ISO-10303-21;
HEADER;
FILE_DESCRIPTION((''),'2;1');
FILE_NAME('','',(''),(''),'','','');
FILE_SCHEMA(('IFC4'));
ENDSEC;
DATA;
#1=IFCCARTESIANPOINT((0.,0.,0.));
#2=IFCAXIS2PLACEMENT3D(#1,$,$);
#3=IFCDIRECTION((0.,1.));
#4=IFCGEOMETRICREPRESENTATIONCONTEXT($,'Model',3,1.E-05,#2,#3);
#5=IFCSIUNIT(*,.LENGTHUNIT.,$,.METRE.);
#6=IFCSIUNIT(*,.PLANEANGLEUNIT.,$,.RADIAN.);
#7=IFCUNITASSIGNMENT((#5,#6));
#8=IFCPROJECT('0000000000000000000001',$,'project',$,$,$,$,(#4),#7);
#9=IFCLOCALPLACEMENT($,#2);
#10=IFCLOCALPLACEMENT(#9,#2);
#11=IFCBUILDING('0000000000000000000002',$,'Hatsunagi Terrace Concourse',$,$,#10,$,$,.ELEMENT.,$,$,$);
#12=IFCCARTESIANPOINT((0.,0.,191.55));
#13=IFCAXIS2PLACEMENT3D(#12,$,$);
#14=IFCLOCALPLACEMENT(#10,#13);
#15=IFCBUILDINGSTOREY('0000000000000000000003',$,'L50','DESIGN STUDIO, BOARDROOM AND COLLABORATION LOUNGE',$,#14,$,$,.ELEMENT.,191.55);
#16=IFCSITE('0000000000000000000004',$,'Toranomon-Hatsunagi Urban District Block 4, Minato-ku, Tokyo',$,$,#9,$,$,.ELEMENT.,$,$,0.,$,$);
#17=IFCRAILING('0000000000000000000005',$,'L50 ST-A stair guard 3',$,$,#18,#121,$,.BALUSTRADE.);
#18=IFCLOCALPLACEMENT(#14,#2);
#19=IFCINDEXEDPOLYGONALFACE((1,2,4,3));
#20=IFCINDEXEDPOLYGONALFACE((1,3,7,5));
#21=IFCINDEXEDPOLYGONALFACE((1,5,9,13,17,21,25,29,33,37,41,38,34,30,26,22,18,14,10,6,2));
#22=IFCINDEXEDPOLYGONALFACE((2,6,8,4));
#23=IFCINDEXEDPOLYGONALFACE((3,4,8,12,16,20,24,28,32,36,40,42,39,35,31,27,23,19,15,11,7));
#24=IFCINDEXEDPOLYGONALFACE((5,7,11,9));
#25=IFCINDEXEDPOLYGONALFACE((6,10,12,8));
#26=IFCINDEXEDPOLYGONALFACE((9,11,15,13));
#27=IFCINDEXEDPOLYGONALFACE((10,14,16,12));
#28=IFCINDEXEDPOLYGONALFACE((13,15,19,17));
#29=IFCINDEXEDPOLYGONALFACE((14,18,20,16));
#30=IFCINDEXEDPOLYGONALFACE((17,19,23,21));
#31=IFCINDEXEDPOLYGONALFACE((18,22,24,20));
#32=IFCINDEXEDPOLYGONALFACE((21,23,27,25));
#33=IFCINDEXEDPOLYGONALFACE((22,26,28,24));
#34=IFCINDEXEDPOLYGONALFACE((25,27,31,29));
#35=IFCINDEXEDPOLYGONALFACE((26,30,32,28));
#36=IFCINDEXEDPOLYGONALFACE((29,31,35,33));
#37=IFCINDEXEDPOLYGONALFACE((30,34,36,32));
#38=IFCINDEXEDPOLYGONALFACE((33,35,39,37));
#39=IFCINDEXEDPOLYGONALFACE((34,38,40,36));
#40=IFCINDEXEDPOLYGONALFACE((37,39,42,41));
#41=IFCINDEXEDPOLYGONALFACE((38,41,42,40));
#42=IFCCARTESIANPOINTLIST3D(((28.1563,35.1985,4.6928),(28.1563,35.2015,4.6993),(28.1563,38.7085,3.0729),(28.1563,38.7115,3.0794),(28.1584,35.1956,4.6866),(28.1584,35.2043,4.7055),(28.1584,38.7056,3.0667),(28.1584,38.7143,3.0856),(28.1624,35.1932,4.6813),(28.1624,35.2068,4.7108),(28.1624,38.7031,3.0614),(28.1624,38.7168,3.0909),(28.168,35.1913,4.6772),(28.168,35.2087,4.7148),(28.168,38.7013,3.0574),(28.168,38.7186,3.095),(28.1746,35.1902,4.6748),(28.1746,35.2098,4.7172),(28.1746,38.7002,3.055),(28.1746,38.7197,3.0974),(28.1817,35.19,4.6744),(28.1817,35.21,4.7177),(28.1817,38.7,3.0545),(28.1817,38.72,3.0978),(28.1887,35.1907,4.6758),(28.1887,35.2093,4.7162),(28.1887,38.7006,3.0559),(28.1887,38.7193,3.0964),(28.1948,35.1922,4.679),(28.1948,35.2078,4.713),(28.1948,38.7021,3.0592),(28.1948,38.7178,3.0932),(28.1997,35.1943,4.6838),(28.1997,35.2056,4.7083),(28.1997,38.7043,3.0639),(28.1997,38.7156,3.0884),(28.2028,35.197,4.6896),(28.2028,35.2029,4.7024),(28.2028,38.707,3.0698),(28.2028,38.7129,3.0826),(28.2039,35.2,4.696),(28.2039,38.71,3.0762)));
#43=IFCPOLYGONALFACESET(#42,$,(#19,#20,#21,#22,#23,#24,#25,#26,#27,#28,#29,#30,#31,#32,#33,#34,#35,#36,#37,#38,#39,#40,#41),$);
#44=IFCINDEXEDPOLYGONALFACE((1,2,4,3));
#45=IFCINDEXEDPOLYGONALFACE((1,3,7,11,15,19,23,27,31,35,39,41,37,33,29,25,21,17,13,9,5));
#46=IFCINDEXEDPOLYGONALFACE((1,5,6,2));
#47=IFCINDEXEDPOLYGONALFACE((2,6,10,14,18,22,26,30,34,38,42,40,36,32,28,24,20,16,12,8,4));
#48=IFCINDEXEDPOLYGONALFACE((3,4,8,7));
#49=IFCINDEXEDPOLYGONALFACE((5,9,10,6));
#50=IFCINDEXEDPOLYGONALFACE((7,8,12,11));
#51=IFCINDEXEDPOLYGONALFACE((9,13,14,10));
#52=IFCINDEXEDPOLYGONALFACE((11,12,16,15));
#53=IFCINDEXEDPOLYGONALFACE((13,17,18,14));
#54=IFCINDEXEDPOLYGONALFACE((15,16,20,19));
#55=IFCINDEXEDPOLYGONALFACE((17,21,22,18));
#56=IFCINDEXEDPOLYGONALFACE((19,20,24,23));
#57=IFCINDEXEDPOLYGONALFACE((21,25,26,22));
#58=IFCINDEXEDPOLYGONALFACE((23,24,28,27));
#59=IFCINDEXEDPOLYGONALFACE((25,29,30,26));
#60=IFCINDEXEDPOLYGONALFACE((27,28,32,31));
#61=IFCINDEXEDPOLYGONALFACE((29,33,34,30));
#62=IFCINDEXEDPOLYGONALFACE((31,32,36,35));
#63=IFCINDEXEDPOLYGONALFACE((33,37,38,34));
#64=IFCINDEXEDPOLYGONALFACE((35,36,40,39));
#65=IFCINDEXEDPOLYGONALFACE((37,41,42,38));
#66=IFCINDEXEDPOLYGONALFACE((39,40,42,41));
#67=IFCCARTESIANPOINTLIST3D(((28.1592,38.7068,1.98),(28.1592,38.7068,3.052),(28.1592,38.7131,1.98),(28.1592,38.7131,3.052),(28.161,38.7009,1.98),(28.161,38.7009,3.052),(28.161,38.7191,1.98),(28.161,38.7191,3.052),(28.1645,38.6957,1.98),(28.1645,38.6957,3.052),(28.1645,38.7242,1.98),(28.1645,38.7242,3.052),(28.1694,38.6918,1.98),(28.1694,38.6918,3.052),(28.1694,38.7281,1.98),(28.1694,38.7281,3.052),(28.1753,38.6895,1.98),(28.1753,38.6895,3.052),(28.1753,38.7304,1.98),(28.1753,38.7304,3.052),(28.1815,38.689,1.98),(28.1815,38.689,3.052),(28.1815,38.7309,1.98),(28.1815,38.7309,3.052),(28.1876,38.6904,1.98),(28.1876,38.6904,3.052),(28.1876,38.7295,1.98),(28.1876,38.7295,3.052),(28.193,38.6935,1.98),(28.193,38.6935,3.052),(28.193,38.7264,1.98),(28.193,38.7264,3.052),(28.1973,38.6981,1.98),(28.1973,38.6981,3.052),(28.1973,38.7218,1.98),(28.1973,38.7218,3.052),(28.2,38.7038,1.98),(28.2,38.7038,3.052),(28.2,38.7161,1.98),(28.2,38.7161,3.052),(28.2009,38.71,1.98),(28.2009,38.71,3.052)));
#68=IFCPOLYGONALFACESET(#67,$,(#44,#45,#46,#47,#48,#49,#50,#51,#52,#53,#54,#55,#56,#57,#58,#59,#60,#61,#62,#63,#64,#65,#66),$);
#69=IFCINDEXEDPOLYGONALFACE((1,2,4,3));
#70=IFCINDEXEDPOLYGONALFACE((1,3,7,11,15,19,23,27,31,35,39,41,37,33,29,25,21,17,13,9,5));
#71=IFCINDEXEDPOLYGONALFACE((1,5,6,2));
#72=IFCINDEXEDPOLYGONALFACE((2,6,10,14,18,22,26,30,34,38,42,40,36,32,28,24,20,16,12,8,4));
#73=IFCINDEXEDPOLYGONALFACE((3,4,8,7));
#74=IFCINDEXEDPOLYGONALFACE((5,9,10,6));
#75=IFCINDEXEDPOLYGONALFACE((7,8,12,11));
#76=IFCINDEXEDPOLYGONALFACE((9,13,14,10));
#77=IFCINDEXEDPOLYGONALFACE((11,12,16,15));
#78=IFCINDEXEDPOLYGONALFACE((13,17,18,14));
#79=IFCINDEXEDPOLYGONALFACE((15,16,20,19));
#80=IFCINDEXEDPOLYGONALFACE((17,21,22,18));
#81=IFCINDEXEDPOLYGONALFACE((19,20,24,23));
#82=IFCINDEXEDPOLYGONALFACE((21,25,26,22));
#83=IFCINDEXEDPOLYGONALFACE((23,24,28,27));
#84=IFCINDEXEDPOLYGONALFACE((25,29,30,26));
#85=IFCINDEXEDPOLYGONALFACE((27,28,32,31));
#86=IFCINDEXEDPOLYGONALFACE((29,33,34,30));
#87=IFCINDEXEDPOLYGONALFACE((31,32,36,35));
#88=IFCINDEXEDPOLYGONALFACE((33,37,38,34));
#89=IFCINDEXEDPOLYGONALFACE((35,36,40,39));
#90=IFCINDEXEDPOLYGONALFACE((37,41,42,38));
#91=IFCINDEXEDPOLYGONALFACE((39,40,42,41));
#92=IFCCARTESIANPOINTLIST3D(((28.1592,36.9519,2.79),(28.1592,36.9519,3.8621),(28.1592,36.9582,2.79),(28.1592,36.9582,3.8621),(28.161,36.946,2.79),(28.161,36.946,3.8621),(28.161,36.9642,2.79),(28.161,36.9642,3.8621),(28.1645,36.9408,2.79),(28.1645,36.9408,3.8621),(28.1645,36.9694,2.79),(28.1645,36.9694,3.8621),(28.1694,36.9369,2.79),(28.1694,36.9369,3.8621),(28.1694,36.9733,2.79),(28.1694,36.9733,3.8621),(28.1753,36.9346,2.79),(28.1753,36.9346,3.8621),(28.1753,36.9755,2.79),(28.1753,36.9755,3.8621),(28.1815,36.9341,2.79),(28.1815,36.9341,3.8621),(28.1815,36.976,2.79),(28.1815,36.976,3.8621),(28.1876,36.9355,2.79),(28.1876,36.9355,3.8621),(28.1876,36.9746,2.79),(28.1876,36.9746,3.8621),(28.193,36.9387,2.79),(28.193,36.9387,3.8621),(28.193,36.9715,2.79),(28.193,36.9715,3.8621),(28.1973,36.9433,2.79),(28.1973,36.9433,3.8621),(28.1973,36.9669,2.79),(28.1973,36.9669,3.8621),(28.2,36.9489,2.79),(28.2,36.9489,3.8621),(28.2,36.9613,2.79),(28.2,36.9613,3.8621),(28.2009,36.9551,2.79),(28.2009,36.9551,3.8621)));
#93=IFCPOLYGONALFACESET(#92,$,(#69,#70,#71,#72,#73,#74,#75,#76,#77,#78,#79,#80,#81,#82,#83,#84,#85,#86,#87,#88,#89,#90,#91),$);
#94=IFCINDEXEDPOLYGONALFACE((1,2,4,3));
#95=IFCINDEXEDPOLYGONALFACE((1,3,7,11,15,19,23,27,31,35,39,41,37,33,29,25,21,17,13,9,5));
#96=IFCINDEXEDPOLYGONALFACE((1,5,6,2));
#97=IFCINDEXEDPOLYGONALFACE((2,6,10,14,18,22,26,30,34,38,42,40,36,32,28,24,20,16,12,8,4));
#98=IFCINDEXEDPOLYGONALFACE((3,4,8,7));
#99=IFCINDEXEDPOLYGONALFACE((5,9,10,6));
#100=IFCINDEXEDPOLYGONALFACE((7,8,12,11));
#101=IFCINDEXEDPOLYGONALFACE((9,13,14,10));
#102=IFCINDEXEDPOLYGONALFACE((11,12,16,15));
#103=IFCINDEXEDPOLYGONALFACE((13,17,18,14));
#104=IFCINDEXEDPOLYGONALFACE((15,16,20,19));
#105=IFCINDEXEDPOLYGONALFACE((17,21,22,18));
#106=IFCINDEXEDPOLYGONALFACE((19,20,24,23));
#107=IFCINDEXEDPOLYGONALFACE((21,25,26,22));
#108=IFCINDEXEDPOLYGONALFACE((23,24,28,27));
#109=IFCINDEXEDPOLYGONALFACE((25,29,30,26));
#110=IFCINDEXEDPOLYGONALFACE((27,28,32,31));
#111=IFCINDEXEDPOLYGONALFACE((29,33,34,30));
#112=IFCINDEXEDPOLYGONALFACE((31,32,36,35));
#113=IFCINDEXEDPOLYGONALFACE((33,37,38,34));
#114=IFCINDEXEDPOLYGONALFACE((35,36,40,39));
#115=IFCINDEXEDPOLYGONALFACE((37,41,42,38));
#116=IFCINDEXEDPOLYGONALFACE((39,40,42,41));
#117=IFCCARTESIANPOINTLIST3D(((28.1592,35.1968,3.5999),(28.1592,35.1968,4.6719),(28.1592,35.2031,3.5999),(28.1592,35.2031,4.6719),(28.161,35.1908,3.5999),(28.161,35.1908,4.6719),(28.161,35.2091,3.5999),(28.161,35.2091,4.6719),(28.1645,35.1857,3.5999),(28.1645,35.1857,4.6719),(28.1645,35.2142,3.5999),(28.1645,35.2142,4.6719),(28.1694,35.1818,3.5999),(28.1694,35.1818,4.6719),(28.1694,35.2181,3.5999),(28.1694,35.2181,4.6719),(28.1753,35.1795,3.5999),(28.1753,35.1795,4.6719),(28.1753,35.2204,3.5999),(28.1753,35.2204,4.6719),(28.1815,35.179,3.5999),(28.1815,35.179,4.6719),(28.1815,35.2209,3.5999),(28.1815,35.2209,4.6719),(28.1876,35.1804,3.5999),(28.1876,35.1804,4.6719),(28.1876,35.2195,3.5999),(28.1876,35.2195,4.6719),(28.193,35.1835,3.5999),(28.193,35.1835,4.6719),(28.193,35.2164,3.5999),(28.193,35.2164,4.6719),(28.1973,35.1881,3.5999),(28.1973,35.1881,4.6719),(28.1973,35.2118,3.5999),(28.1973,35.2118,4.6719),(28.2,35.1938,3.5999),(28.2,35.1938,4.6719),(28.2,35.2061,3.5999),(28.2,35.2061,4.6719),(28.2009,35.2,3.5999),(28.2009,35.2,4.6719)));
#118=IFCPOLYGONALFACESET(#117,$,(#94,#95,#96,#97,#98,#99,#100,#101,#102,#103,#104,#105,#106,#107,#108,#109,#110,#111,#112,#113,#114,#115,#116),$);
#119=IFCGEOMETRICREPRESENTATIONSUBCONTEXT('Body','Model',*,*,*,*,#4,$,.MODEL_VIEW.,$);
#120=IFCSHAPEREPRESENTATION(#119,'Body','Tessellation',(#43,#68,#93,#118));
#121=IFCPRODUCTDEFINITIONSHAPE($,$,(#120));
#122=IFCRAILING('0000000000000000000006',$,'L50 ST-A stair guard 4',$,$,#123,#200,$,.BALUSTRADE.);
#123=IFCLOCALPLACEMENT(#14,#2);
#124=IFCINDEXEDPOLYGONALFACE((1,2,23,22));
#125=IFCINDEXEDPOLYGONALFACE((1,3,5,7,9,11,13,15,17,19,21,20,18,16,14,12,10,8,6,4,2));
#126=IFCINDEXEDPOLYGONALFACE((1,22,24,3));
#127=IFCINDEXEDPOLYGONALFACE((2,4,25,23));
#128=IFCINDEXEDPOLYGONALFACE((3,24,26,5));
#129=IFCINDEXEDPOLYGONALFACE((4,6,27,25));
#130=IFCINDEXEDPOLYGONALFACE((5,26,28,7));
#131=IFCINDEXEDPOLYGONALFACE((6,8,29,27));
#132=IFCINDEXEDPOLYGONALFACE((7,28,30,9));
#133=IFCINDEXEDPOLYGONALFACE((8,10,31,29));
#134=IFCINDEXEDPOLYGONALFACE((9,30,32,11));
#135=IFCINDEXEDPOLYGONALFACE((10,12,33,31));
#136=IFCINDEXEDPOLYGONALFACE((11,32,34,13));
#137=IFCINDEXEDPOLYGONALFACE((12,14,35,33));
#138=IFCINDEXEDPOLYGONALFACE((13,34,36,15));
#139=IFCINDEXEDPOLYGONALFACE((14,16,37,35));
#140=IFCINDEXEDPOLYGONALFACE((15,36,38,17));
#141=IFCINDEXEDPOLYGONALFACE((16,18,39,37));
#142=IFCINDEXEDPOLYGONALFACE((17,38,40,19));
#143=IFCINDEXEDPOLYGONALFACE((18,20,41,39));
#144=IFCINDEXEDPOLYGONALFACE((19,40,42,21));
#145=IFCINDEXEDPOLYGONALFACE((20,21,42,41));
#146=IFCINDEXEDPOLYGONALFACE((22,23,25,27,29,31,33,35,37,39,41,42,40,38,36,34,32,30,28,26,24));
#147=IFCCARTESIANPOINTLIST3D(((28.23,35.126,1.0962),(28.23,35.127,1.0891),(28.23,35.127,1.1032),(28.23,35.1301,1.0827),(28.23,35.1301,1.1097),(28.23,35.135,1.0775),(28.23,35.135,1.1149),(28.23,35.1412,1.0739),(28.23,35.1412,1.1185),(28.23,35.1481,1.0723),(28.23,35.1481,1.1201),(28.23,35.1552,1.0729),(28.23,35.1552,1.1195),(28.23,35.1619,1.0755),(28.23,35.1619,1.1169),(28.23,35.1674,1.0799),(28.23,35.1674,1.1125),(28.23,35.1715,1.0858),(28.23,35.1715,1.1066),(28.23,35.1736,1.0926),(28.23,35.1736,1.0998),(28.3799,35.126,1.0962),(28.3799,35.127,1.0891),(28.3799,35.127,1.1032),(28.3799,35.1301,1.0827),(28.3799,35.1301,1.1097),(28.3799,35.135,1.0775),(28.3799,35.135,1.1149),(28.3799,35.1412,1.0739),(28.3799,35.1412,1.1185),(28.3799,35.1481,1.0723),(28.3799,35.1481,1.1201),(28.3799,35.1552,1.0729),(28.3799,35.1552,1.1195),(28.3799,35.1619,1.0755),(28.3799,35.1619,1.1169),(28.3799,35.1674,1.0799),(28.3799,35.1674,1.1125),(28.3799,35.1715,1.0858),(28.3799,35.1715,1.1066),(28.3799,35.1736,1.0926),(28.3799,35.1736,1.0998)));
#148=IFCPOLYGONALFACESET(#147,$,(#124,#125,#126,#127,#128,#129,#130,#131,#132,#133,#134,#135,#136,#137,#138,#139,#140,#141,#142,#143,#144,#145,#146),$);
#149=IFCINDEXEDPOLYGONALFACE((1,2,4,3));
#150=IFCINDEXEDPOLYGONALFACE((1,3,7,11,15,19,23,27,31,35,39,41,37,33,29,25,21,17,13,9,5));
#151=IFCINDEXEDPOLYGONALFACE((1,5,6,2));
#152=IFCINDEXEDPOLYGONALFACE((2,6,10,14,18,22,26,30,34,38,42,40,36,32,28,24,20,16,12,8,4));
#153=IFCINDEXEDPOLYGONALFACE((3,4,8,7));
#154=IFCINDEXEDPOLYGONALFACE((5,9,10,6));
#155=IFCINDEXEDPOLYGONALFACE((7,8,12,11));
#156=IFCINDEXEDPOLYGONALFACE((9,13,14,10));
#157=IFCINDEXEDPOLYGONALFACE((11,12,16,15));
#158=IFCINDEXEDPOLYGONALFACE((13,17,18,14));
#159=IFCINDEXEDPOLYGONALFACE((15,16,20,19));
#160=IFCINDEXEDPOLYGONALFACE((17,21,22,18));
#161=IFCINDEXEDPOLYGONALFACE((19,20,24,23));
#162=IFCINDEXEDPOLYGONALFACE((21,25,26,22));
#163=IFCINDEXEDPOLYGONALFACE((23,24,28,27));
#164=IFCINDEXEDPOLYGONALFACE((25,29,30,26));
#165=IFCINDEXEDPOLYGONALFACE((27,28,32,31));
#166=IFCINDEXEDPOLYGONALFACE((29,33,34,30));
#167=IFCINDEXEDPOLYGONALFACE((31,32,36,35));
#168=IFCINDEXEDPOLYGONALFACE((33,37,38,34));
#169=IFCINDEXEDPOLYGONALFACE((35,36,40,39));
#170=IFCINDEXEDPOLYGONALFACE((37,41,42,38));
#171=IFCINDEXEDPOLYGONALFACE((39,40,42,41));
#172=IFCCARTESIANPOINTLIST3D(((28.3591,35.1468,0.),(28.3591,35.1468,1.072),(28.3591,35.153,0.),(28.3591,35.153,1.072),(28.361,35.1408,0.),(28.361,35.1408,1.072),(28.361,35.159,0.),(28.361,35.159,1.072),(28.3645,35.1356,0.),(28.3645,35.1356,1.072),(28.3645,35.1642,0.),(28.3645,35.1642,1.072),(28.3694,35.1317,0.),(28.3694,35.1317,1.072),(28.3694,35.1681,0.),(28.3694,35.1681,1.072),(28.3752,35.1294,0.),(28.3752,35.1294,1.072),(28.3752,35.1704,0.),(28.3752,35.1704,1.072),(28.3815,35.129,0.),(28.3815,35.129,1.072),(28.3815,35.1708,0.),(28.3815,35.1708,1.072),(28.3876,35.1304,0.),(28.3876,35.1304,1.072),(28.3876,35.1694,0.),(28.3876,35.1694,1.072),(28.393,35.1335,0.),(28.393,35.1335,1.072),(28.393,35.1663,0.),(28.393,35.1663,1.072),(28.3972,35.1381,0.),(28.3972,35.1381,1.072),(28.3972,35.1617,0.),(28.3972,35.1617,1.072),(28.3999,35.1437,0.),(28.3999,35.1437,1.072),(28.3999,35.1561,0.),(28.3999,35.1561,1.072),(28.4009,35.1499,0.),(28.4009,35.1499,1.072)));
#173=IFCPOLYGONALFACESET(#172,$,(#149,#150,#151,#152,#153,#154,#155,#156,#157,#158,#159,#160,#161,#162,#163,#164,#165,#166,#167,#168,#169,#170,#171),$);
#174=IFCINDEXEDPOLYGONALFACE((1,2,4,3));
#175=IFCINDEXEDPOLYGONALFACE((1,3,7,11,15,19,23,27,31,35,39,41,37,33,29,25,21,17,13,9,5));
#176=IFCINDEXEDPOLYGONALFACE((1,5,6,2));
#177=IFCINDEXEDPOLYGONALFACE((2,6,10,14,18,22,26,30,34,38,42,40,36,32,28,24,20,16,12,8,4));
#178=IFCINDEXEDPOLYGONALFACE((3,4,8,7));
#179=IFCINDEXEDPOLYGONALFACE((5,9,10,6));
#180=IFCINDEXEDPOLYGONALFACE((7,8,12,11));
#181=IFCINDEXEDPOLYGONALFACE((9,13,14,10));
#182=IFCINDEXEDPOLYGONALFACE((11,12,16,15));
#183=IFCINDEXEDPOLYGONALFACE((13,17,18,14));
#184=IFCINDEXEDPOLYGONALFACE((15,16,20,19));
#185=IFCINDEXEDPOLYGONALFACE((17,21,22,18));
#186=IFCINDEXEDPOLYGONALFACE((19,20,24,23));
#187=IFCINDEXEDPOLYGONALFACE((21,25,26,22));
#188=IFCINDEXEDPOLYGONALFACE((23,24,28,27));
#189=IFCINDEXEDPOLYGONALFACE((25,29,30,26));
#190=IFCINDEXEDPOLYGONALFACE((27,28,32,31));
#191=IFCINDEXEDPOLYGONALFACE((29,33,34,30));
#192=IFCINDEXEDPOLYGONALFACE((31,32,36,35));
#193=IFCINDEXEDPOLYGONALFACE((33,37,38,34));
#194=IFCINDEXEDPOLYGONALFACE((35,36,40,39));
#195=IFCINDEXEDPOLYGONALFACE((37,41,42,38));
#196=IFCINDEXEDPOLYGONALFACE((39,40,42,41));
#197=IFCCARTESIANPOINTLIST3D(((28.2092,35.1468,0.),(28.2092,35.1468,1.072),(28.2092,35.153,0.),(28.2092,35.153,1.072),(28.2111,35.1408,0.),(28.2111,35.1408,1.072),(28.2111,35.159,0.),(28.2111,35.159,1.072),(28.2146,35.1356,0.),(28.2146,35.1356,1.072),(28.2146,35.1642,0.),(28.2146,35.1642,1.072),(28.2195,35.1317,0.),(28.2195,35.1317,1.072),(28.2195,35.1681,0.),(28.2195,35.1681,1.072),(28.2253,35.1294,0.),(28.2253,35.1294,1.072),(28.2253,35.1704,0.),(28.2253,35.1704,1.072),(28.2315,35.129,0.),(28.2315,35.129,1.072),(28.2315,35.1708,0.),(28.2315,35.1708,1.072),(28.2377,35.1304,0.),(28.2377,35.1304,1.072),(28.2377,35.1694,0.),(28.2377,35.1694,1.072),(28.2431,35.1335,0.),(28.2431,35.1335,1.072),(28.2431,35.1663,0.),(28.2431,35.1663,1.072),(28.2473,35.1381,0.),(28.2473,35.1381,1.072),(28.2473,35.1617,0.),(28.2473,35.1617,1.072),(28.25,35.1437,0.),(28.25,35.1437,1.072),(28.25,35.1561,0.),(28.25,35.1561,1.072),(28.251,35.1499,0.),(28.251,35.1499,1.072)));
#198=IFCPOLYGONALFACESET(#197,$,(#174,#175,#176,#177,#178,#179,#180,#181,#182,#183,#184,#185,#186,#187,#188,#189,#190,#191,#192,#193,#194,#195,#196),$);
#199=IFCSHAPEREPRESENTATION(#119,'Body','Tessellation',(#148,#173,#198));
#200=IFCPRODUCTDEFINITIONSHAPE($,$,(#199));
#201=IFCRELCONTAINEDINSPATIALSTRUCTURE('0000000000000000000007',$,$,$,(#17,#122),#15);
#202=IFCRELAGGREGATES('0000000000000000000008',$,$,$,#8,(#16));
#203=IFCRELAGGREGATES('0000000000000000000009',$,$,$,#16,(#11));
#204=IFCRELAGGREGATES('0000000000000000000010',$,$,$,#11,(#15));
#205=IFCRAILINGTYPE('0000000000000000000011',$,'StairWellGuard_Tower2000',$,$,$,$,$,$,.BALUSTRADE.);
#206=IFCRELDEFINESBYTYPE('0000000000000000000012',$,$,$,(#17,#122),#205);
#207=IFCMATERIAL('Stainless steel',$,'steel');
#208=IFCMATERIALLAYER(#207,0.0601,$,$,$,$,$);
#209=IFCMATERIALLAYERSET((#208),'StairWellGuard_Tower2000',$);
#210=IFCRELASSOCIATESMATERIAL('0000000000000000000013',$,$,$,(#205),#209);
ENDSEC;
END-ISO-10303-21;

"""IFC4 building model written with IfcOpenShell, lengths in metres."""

from ifc_helpers import new_model, si_unit, direction, frame, origin, origin_2d, place, context, subcontext, project, spatial, circle, extrude, material, layer, layer_set, type_object, element, save


model = new_model("IFC4")

# Units and contexts
model_context = context("Model", 3, precision=1e-05, world=origin(), true_north=direction((0.0, 1.0)))
body_context = subcontext(model_context, "Body", "Model", "MODEL_VIEW")
ifc_project = project(units=[si_unit("LENGTHUNIT", "METRE"), si_unit("PLANEANGLEUNIT", "RADIAN")], contexts=[model_context])

# Site, building, storey
site_placement = place(None, origin())
site = spatial("IfcSite", under=ifc_project, at=site_placement, Name="Toranomon-Hatsunagi Urban District Block 4, Minato-ku, Tokyo", CompositionType="ELEMENT", RefElevation=0.0)
building_placement = place(site_placement, origin())
building = spatial("IfcBuilding", under=site, at=building_placement, Name="Hatsunagi Terrace Concourse", CompositionType="ELEMENT")
storey_placement = place(building_placement, frame((0.0, 0.0, 191.55)))
storey = spatial("IfcBuildingStorey", under=building, at=storey_placement, Name="L50", Description="DESIGN STUDIO, BOARDROOM AND COLLABORATION LOUNGE", CompositionType="ELEMENT", Elevation=191.55)

# Railings
ifc_material_1 = material(Name="Stainless steel", Category="steel")
ifc_layer_1 = layer(ifc_material_1, 0.0601)
ifc_layer_set_1 = layer_set([ifc_layer_1], Name="StairWellGuard_Tower2000")
railing_type_1 = type_object("IfcRailingType", Name="StairWellGuard_Tower2000", PredefinedType="BALUSTRADE", material=ifc_layer_set_1)
railing_1_placement = place(storey_placement, frame((28.1799, 38.71, 1.98)))
element("IfcRailing", 1, at=railing_1_placement, inside=storey, type_object=railing_type_1, Name="L50 ST-A stair guard 3", PredefinedType="BALUSTRADE", context=body_context, shape_type="SweptSolid", body=[
    extrude(circle(Radius=0.0239, at=origin_2d()), frame((0.0, 0.0, 1.0962), z_axis=(0.0, -0.907972, 0.41903), x_axis=(1.0, 0.0, 0.0)), (0.0, 0.0, 1.0), 3.8657),
    extrude(circle(Radius=0.021, at=origin_2d()), origin(), (0.0, 0.0, 1.0), 1.072),
    extrude(circle(Radius=0.021, at=origin_2d()), frame((0.0, -1.7549, 0.8101)), (0.0, 0.0, 1.0), 1.072),
    extrude(circle(Radius=0.021, at=origin_2d()), frame((0.0, -3.51, 1.6199)), (0.0, 0.0, 1.0), 1.072),
])
railing_2_placement = place(storey_placement, frame((28.3799, 35.1499, 0.0)))
element("IfcRailing", 2, at=railing_2_placement, inside=storey, type_object=railing_type_1, Name="L50 ST-A stair guard 4", PredefinedType="BALUSTRADE", context=body_context, shape_type="SweptSolid", body=[
    extrude(circle(Radius=0.0239, at=origin_2d()), frame((0.0, 0.0, 1.0962), z_axis=(-1.0, 0.0, 0.0), x_axis=(0.0, -1.0, 0.0)), (0.0, 0.0, 1.0), 0.1499),
    extrude(circle(Radius=0.021, at=origin_2d()), origin(), (0.0, 0.0, 1.0), 1.072),
    extrude(circle(Radius=0.021, at=origin_2d()), frame((-0.1499, 0.0, 0.0)), (0.0, 0.0, 1.0), 1.072),
])

save(model, "model.ifc")
